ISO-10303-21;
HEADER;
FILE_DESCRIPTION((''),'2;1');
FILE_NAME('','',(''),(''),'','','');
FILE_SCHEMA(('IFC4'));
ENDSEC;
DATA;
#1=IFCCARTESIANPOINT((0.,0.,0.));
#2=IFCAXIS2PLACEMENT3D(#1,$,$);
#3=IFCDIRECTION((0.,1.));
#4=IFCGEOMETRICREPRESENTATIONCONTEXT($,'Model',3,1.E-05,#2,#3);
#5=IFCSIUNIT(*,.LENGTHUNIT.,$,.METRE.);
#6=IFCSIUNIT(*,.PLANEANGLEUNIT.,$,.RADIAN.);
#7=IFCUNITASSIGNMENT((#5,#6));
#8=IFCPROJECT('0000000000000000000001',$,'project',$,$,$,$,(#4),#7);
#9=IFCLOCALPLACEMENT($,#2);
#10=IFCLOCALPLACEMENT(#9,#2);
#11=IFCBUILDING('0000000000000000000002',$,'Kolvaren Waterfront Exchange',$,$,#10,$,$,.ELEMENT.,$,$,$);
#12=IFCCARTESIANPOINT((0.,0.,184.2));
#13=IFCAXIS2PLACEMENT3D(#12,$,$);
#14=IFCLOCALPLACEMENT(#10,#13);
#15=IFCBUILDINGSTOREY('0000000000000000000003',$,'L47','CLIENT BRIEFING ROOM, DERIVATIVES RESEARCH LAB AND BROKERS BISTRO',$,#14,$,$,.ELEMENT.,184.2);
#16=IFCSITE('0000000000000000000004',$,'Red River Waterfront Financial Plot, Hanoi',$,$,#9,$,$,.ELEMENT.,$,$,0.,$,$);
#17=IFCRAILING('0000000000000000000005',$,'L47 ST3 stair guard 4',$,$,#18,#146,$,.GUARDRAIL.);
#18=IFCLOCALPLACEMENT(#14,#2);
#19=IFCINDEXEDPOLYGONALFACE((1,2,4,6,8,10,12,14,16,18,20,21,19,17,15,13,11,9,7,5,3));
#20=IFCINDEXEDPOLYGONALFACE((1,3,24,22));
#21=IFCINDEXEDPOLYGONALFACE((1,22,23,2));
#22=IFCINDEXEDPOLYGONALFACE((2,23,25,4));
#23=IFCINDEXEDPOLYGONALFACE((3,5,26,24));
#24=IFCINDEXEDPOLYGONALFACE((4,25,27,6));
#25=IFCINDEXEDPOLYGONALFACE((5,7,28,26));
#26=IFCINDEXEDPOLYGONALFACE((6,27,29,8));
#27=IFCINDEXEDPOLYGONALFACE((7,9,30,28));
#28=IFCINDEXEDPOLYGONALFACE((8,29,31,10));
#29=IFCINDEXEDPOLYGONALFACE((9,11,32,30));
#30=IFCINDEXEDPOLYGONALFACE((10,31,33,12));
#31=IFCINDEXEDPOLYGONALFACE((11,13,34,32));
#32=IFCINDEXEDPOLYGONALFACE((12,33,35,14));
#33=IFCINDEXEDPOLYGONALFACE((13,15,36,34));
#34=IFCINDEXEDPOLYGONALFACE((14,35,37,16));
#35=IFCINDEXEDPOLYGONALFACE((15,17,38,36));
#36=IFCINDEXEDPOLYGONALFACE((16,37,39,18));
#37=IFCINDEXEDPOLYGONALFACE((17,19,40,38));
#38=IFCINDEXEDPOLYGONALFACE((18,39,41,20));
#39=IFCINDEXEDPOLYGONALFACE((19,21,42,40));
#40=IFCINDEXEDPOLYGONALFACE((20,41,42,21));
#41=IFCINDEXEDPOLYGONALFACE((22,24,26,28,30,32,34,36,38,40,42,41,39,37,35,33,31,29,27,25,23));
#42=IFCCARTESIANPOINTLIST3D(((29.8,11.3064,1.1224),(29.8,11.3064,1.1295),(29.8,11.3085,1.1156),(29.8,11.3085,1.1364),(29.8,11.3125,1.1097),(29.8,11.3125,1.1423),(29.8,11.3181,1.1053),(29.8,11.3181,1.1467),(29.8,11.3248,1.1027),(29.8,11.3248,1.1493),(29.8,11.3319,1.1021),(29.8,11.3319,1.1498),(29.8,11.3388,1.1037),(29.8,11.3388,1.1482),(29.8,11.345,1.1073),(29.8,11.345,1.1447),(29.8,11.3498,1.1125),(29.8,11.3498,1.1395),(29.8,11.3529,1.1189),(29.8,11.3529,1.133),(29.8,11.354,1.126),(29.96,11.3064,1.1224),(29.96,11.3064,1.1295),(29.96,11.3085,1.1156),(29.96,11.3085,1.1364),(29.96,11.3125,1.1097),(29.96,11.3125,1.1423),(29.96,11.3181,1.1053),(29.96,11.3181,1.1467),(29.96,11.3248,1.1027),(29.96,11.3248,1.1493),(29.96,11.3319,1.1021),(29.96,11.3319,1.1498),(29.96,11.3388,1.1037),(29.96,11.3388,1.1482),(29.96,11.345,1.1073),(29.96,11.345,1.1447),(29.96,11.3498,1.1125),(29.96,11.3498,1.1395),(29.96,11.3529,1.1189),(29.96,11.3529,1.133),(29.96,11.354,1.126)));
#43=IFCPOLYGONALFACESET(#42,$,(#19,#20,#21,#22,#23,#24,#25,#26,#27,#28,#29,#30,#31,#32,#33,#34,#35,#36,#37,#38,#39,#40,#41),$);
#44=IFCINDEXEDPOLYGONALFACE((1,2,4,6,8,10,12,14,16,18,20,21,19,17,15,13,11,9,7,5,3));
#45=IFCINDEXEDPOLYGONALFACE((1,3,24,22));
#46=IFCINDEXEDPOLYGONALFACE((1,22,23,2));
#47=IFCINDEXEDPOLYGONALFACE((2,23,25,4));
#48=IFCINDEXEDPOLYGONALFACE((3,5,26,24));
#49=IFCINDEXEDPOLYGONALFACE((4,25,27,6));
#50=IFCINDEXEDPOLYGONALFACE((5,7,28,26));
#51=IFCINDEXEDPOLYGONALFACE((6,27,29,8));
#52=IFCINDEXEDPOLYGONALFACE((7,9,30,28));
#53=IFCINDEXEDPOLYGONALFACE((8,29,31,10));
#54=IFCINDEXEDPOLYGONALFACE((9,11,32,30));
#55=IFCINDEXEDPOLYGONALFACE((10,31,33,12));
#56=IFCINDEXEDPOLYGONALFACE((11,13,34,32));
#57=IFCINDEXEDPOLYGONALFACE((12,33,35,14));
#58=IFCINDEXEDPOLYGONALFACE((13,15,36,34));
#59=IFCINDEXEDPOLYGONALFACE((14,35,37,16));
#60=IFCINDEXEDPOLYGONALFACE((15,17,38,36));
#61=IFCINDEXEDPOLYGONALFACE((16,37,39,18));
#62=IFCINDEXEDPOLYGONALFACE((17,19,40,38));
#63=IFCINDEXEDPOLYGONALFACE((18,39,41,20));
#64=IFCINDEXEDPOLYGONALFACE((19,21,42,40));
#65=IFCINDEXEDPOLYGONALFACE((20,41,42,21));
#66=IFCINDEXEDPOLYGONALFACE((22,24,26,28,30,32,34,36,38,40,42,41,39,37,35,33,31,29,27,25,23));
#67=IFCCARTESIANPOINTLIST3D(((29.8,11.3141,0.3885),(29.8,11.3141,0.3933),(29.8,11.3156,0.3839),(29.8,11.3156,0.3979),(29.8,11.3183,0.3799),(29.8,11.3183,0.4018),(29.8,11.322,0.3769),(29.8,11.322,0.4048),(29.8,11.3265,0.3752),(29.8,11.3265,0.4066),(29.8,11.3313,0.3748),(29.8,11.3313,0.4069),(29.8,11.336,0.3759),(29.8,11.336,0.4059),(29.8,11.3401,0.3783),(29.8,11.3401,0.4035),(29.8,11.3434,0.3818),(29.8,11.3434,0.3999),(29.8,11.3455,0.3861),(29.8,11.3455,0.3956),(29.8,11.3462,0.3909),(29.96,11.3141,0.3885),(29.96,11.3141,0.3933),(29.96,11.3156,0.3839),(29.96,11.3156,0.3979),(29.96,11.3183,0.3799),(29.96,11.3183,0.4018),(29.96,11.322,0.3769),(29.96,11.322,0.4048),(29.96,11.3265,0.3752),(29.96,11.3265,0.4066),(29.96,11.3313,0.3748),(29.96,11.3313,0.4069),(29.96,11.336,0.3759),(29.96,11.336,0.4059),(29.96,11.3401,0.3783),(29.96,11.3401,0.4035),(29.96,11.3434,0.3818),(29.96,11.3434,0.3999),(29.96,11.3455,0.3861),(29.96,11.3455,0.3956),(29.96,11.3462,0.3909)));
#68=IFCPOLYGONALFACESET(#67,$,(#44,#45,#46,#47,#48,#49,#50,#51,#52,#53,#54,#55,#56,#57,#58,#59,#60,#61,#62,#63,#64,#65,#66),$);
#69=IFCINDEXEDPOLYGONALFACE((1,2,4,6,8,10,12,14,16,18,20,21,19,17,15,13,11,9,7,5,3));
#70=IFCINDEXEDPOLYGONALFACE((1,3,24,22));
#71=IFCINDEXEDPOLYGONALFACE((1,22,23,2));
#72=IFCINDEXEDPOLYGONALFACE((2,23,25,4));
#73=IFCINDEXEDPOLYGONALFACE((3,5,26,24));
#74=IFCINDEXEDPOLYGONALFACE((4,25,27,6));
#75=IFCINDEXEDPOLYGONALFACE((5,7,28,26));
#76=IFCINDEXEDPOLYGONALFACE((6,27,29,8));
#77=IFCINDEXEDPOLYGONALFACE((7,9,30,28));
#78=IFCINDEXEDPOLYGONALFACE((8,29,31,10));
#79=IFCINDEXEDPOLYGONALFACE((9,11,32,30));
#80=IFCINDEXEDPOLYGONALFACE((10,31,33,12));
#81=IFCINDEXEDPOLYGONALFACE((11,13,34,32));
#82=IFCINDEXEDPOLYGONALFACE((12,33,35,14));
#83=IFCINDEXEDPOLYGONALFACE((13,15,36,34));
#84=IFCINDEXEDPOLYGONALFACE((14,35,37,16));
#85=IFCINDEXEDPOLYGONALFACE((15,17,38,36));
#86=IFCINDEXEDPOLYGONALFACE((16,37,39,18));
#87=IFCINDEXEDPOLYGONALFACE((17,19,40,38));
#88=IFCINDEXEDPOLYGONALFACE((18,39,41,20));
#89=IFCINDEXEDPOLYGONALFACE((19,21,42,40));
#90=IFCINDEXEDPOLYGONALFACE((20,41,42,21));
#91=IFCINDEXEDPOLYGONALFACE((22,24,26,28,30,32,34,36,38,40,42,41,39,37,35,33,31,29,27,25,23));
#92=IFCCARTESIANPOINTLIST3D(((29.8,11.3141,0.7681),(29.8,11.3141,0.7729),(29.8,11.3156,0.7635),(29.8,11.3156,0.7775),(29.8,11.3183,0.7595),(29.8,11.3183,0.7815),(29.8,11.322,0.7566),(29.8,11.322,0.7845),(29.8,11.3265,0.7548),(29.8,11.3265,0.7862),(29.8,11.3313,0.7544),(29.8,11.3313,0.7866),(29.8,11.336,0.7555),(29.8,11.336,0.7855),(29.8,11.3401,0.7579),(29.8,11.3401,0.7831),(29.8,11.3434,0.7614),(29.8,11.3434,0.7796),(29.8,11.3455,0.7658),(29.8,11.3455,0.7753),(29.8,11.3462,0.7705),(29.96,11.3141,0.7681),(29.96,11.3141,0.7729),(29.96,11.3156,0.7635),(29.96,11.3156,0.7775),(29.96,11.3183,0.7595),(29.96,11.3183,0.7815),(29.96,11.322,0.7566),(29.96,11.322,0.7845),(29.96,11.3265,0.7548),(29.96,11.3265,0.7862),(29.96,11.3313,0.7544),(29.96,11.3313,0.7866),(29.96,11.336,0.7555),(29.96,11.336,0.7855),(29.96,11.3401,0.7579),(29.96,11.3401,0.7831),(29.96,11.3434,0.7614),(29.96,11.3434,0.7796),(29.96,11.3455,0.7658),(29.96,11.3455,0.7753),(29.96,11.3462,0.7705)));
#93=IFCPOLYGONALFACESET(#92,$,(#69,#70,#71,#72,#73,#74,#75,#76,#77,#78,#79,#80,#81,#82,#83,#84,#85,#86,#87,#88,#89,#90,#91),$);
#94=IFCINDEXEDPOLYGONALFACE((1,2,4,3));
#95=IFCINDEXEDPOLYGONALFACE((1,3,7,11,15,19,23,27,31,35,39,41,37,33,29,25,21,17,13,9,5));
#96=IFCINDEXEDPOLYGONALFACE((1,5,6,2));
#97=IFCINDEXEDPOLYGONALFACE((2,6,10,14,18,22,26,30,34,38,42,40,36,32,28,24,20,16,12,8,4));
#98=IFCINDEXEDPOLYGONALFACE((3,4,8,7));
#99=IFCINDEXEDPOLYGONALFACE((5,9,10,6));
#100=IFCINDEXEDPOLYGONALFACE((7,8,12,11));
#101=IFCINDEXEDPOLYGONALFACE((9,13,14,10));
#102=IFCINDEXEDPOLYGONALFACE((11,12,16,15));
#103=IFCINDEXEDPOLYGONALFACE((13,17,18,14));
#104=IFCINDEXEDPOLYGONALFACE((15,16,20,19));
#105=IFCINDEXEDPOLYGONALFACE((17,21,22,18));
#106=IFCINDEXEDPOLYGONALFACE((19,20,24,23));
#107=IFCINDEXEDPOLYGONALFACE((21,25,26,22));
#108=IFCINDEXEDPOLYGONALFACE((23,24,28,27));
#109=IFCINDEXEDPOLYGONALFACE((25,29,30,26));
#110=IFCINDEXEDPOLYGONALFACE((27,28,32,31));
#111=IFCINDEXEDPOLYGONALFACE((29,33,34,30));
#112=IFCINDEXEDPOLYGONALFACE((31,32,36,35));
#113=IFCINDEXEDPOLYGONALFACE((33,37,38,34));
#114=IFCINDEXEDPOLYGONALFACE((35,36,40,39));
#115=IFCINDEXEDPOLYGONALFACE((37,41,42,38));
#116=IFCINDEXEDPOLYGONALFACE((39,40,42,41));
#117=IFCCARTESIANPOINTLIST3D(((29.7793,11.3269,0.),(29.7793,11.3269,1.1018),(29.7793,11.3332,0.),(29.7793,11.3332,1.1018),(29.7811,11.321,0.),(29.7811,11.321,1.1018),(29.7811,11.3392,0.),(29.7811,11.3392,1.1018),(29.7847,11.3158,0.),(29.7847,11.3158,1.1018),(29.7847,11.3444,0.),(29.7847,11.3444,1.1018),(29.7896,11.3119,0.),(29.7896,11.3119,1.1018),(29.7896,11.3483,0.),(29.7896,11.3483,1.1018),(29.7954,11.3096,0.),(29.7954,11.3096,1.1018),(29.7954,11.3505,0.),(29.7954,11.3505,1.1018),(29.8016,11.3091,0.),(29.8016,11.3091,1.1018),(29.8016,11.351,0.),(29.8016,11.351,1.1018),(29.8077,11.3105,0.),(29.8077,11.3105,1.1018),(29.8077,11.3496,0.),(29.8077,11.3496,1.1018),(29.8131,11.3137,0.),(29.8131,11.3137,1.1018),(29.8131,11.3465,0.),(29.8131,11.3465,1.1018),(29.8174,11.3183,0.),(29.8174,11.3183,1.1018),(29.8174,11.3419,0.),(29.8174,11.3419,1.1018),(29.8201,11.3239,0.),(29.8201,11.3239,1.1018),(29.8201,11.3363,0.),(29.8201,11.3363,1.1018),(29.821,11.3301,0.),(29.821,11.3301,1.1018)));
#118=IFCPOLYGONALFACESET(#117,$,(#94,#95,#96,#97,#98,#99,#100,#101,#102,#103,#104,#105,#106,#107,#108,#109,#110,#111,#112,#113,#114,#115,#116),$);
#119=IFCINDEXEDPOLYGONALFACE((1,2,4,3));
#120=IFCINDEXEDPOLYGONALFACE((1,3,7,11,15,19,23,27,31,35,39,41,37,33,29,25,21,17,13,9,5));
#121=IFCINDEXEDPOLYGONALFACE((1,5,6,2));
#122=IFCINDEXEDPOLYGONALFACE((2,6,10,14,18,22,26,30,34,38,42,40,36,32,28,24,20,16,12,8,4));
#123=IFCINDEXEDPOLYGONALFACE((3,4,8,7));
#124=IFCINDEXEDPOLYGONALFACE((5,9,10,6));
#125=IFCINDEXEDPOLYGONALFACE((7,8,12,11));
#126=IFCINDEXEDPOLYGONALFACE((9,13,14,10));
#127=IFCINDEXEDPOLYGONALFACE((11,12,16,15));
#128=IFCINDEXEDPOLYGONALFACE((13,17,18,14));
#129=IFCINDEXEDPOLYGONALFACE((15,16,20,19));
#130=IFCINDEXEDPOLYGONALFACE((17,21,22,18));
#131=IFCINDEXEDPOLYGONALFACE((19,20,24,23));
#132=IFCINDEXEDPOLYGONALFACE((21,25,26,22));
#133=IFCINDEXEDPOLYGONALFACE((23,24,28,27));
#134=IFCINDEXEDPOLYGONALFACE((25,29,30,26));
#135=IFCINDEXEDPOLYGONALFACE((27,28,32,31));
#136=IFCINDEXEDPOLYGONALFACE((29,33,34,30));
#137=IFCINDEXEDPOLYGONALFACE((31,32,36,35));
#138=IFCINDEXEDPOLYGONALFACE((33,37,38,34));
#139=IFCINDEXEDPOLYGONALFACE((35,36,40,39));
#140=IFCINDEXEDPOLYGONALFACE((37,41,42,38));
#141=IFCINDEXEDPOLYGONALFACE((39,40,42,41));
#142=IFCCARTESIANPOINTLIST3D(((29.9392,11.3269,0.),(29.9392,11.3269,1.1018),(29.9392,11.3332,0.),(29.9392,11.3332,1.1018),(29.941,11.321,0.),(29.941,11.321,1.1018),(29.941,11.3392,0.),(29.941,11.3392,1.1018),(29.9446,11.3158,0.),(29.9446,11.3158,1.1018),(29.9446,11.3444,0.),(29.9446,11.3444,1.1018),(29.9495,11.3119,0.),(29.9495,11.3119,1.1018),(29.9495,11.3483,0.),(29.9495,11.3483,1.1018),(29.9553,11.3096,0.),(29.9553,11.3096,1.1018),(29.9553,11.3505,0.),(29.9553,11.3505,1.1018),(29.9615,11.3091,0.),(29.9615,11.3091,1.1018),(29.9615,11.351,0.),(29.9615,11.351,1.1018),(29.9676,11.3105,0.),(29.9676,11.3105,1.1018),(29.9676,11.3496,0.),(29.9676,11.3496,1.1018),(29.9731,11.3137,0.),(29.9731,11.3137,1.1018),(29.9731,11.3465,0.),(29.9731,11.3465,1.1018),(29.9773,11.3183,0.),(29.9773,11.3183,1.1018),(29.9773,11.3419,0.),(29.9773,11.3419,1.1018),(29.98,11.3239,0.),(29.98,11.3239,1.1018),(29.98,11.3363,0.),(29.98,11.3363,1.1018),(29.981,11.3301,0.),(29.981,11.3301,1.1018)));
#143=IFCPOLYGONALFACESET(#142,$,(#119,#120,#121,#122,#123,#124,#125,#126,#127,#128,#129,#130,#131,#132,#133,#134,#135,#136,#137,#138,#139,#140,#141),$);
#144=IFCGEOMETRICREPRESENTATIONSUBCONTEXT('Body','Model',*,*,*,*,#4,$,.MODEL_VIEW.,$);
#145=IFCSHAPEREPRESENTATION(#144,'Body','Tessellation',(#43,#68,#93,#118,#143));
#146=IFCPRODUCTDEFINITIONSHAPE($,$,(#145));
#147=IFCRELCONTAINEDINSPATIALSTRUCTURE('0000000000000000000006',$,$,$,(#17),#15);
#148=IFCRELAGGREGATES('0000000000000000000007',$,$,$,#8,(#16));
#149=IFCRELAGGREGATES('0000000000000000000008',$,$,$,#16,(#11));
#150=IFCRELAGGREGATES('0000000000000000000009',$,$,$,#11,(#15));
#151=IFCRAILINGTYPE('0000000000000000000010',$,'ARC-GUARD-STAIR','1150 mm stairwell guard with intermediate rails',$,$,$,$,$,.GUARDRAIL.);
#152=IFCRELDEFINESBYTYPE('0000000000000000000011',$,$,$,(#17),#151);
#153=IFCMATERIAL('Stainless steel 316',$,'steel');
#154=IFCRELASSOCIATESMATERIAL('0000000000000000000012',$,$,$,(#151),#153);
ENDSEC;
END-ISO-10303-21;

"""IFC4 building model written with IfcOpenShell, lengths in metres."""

from ifc_helpers import new_model, si_unit, direction, frame, origin, origin_2d, place, context, subcontext, project, spatial, circle, extrude, material, type_object, element, save


model = new_model("IFC4")

# Units and contexts
model_context = context("Model", 3, precision=1e-05, world=origin(), true_north=direction((0.0, 1.0)))
body_context = subcontext(model_context, "Body", "Model", "MODEL_VIEW")
ifc_project = project(units=[si_unit("LENGTHUNIT", "METRE"), si_unit("PLANEANGLEUNIT", "RADIAN")], contexts=[model_context])

# Site, building, storey
site_placement = place(None, origin())
site = spatial("IfcSite", under=ifc_project, at=site_placement, Name="Red River Waterfront Financial Plot, Hanoi", CompositionType="ELEMENT", RefElevation=0.0)
building_placement = place(site_placement, origin())
building = spatial("IfcBuilding", under=site, at=building_placement, Name="Kolvaren Waterfront Exchange", CompositionType="ELEMENT")
storey_placement = place(building_placement, frame((0.0, 0.0, 184.2)))
storey = spatial("IfcBuildingStorey", under=building, at=storey_placement, Name="L47", Description="CLIENT BRIEFING ROOM, DERIVATIVES RESEARCH LAB AND BROKERS BISTRO", CompositionType="ELEMENT", Elevation=184.2)

# Railing
ifc_material_1 = material(Name="Stainless steel 316", Category="steel")
railing_type = type_object("IfcRailingType", Name="ARC-GUARD-STAIR", Description="1150 mm stairwell guard with intermediate rails", PredefinedType="GUARDRAIL", material=ifc_material_1)
railing_1_placement = place(storey_placement, frame((29.8, 11.3301, 0.0)))
element("IfcRailing", 1, at=railing_1_placement, inside=storey, type_object=railing_type, Name="L47 ST3 stair guard 4", PredefinedType="GUARDRAIL", context=body_context, shape_type="SweptSolid", body=[
    extrude(circle(Radius=0.0239, at=origin_2d()), frame((0.0, 0.0, 1.126), z_axis=(1.0, 0.0, 0.0), x_axis=(0.0, 1.0, 0.0)), (0.0, 0.0, 1.0), 0.1599),
    extrude(circle(Radius=0.0161, at=origin_2d()), frame((0.0, 0.0, 0.3909), z_axis=(1.0, 0.0, 0.0), x_axis=(0.0, 1.0, 0.0)), (0.0, 0.0, 1.0), 0.1599),
    extrude(circle(Radius=0.0161, at=origin_2d()), frame((0.0, 0.0, 0.7705), z_axis=(1.0, 0.0, 0.0), x_axis=(0.0, 1.0, 0.0)), (0.0, 0.0, 1.0), 0.1599),
    extrude(circle(Radius=0.021, at=origin_2d()), origin(), (0.0, 0.0, 1.0), 1.1018),
    extrude(circle(Radius=0.021, at=origin_2d()), frame((0.1599, 0.0, 0.0)), (0.0, 0.0, 1.0), 1.1018),
])

save(model, "model.ifc")
